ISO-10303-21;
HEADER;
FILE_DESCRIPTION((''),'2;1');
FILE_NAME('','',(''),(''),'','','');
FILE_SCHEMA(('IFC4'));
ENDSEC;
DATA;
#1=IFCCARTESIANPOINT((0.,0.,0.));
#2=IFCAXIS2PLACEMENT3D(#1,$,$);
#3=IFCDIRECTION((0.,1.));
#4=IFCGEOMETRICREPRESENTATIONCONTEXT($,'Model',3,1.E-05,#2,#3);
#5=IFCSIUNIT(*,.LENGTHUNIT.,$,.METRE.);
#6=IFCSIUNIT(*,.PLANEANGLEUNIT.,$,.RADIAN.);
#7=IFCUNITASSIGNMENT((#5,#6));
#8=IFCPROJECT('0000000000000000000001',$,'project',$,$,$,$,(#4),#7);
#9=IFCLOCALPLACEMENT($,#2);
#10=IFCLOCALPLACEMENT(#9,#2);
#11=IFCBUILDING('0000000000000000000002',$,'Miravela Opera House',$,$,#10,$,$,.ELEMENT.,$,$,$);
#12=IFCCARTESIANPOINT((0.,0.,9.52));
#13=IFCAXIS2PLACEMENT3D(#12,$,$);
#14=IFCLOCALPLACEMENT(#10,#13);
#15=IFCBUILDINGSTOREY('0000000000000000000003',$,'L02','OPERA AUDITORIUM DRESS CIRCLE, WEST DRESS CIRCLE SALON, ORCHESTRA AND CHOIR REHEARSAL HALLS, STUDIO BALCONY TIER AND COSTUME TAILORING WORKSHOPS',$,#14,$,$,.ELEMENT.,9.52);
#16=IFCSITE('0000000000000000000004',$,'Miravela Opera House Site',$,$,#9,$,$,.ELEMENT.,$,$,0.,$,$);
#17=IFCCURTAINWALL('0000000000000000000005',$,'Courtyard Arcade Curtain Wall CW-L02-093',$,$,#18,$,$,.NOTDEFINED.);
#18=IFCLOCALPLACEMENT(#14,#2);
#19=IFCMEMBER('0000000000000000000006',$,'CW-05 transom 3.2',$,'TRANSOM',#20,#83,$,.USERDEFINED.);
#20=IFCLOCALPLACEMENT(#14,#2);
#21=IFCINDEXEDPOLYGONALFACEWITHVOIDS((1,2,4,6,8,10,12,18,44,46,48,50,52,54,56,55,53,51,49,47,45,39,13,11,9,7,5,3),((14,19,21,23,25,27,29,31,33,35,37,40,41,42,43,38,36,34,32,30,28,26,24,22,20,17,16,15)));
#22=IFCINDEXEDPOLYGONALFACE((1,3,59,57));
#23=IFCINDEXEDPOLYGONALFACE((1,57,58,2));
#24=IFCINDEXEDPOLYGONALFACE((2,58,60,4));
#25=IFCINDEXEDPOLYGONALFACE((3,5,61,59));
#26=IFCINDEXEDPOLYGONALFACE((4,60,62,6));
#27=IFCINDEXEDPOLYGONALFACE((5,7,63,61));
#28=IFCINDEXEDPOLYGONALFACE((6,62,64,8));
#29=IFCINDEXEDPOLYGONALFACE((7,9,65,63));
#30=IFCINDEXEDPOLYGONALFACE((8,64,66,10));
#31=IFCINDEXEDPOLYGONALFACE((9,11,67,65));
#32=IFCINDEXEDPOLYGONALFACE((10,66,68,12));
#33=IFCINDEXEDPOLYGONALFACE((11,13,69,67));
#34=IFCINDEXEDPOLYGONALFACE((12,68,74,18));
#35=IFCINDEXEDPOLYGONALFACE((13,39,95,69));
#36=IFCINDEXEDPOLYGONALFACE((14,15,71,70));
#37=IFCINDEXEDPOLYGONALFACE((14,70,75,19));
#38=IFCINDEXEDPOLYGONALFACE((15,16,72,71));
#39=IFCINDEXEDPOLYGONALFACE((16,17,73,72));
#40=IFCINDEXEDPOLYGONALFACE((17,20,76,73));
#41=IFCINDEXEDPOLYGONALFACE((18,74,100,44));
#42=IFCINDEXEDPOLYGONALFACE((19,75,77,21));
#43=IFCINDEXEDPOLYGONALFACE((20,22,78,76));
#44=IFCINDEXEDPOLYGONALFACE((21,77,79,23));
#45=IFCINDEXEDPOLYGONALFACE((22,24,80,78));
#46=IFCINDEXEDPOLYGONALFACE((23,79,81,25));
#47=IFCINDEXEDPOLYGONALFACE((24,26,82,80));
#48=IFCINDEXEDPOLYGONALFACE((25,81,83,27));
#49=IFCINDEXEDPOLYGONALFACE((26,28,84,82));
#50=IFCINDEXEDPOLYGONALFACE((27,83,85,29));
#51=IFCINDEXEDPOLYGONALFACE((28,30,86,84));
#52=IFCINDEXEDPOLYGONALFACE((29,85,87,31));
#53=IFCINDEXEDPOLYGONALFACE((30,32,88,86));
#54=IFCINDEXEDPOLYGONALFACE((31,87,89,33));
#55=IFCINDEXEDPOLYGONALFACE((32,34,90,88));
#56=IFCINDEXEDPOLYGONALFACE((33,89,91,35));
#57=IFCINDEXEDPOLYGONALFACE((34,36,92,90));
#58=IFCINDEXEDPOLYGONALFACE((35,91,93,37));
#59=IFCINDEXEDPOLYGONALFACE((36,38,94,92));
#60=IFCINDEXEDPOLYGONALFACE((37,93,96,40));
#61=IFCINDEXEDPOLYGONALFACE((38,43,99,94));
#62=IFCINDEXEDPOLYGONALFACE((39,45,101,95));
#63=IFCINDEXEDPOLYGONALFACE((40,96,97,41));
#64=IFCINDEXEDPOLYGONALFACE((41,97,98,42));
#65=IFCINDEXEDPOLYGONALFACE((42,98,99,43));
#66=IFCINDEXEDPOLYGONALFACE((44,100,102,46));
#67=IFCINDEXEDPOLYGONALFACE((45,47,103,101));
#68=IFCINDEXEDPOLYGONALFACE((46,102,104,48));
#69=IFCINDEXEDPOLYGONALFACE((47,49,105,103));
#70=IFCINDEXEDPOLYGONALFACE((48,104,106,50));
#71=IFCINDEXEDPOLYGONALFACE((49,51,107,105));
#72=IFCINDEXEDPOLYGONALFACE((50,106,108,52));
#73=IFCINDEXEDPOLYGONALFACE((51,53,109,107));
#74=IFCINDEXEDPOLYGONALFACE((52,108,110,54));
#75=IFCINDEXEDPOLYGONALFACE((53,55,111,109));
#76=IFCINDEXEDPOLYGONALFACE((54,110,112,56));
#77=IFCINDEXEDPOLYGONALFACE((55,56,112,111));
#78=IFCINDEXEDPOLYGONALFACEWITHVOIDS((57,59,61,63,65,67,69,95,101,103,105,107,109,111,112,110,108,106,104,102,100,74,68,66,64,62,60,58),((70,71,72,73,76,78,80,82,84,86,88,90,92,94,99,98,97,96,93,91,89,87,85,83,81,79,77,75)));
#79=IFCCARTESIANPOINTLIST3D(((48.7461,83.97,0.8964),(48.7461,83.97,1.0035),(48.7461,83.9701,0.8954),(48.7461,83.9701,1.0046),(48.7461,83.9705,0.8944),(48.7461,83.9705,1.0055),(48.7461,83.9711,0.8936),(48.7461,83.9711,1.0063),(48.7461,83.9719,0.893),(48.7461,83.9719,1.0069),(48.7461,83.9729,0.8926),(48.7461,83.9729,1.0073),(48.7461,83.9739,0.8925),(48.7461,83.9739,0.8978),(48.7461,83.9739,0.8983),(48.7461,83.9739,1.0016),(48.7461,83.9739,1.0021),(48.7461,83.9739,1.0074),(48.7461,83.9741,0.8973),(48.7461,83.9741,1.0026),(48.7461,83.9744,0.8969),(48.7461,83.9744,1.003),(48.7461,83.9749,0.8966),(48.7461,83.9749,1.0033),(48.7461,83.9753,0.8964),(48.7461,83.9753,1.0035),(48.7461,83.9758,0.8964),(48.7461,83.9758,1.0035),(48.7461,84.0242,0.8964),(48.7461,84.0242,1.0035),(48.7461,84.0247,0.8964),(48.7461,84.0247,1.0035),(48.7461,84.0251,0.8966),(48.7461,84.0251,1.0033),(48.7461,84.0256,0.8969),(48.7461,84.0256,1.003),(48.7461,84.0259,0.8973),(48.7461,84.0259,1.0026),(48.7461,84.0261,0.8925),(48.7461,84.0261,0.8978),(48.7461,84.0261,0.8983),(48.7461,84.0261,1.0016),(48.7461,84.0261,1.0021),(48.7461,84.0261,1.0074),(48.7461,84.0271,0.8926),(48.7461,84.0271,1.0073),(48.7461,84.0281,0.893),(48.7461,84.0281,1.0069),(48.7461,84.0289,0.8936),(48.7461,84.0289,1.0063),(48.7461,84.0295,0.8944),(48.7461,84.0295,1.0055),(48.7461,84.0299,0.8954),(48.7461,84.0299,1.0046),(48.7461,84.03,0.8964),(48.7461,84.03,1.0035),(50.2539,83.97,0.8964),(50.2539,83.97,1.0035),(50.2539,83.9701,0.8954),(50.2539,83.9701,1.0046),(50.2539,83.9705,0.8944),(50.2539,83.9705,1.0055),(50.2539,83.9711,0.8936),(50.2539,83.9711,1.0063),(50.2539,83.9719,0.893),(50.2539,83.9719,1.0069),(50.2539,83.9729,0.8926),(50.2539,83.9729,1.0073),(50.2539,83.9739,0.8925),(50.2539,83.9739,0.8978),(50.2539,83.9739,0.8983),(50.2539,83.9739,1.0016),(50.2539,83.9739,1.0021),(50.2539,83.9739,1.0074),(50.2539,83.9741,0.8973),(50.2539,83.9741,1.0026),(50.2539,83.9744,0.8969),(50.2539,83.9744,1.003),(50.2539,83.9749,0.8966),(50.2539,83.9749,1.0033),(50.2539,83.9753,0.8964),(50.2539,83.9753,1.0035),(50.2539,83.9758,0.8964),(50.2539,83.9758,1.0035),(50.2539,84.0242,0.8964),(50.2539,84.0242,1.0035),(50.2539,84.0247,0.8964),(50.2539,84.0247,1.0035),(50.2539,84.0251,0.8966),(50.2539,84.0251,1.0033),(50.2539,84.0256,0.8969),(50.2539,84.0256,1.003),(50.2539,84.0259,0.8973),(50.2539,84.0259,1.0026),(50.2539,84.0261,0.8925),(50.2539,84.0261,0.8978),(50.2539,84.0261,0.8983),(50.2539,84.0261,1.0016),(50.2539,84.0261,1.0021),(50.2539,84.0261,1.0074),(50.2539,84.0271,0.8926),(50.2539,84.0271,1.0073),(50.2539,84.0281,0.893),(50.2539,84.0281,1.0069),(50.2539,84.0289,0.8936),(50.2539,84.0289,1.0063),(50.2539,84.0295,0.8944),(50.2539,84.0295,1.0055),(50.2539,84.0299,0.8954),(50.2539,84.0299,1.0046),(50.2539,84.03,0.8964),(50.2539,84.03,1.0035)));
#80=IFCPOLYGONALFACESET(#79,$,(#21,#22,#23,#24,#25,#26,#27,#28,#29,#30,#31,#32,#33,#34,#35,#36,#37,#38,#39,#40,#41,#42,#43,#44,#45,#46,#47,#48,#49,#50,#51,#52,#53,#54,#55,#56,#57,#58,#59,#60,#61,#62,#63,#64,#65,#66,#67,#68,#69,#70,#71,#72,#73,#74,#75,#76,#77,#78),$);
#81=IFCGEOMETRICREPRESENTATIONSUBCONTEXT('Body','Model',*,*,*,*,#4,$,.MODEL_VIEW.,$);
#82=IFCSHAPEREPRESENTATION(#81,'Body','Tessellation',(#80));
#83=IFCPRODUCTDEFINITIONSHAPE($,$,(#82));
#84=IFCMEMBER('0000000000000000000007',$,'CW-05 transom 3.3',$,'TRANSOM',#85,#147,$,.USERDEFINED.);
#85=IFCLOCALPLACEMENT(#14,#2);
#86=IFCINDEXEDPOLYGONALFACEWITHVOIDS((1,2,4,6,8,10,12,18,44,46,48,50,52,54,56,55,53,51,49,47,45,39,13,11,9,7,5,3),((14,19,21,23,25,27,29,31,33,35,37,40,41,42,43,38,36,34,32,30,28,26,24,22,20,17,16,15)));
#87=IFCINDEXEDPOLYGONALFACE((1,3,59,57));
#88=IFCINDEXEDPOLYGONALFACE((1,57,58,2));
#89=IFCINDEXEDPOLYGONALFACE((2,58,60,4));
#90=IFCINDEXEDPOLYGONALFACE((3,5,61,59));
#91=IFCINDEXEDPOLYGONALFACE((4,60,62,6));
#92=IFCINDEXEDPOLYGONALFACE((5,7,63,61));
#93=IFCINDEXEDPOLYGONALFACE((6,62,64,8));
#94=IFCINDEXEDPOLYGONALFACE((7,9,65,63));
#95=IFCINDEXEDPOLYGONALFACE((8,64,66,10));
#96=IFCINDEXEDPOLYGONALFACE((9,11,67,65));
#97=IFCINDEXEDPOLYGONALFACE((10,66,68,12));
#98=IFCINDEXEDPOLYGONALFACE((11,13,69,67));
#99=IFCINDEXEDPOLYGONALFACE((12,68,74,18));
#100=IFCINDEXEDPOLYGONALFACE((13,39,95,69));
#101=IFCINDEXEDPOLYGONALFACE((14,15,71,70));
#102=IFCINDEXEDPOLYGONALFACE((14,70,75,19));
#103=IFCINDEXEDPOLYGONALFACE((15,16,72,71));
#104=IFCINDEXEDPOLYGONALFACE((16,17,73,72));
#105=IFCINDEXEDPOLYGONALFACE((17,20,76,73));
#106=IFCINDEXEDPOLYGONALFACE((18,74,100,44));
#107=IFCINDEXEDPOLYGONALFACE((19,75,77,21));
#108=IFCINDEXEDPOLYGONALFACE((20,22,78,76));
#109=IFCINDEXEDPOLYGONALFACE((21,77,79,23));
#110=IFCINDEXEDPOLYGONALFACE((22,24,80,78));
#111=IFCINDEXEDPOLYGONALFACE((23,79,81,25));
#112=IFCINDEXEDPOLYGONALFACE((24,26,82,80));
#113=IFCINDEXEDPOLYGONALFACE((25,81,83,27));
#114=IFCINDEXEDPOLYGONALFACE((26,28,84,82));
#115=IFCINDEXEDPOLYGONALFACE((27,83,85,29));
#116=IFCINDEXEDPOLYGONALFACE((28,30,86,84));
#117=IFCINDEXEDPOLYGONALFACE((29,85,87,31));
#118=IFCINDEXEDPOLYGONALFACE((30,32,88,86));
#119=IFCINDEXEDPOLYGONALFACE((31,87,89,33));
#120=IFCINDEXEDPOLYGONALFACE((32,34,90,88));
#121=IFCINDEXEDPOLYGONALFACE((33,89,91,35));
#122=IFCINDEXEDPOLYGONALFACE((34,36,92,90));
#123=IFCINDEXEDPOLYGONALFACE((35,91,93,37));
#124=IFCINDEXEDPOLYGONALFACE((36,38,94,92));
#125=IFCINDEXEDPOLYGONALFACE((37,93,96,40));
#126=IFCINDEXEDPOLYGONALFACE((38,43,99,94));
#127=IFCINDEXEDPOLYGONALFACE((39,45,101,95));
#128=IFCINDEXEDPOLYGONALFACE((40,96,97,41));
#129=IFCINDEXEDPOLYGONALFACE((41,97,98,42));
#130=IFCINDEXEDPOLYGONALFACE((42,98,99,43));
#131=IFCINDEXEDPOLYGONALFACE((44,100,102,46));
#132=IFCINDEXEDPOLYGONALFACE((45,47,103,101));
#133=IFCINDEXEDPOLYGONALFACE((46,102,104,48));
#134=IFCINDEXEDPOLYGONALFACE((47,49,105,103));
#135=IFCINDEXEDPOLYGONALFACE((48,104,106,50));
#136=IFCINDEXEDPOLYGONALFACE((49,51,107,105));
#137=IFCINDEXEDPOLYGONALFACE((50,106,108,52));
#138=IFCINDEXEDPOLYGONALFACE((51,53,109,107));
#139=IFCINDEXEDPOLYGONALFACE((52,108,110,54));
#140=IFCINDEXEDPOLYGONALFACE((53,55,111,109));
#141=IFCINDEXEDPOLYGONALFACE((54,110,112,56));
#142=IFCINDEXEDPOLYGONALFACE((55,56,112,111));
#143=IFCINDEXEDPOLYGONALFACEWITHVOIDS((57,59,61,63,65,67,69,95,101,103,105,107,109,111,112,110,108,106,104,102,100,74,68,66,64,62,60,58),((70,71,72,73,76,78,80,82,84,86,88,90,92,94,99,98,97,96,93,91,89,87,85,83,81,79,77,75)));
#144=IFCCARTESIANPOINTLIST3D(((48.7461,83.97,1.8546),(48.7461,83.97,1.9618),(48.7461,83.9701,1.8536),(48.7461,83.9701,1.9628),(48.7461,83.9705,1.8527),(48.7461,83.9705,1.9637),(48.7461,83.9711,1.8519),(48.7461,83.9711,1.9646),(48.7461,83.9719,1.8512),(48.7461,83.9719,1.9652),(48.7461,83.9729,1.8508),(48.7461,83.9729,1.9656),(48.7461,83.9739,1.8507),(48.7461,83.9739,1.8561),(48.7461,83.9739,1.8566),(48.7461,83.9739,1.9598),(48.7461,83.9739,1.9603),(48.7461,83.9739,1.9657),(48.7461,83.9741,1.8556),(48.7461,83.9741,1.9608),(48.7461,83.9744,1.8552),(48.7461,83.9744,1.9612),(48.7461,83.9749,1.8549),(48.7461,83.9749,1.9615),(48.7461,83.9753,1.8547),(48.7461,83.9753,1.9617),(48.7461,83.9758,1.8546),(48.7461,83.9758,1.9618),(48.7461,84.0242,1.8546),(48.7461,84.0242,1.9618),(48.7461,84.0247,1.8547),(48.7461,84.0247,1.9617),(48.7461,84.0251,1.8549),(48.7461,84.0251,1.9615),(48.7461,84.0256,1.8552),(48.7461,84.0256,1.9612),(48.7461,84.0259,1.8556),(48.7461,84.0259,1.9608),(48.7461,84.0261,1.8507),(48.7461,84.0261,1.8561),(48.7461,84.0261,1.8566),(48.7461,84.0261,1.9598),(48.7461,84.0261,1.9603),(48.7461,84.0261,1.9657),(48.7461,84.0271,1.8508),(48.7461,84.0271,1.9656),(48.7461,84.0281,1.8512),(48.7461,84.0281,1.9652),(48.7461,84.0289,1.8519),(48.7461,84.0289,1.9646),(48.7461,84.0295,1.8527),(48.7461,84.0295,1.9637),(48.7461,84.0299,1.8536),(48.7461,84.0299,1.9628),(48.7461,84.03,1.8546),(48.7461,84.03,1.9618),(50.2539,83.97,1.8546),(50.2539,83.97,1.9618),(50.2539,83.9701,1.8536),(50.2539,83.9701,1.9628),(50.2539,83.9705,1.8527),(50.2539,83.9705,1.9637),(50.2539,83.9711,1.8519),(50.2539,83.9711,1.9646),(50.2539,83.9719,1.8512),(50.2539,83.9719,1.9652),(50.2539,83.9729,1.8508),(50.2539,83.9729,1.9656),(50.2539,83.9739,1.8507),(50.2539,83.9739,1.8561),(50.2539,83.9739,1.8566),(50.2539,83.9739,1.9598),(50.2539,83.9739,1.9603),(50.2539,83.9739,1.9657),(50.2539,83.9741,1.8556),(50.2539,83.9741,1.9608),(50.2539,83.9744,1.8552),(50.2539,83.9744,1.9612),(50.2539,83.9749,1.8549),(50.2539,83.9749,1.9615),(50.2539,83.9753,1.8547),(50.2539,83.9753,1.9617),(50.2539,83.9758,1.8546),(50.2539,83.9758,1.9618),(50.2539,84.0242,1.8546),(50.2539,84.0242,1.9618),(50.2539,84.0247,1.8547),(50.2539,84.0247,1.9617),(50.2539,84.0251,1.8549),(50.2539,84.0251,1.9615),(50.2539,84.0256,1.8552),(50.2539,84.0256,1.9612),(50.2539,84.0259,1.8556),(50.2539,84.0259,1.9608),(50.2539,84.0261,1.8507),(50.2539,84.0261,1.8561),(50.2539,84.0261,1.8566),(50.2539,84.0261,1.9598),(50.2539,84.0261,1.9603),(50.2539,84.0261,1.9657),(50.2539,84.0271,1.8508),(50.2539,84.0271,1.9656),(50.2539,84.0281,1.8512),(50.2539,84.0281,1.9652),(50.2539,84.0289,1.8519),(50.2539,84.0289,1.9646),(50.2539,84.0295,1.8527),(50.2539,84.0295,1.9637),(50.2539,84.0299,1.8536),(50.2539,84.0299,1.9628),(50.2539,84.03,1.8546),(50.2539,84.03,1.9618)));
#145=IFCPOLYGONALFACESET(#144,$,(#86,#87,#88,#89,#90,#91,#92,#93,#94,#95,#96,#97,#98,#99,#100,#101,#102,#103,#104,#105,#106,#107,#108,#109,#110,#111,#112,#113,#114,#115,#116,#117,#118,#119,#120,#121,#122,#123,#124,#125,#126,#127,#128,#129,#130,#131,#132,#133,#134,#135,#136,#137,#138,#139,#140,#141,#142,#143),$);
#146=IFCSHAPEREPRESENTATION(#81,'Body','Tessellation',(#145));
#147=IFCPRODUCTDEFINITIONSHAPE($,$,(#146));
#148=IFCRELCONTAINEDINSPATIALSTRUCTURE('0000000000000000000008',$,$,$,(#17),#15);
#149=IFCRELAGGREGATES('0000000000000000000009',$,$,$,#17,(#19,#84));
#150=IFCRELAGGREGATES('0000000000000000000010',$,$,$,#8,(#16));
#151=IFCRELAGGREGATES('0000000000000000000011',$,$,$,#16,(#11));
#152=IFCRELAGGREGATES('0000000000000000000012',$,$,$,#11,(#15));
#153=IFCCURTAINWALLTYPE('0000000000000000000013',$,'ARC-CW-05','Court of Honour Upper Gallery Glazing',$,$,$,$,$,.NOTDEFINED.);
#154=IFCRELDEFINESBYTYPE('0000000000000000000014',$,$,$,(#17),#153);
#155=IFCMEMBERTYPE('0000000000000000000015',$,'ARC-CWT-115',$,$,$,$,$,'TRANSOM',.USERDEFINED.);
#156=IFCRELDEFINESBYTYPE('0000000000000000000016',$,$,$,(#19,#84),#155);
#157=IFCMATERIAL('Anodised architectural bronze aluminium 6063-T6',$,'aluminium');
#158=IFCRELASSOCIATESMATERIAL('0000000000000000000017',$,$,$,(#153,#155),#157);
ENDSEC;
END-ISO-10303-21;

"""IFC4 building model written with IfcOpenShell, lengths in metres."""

from ifc_helpers import new_model, si_unit, direction, frame, origin, origin_2d, place, context, subcontext, project, spatial, hollow_rectangle, extrude, material, material_profile, profile_set, type_object, element, aggregate, save


model = new_model("IFC4")

# Units and contexts
model_context = context("Model", 3, precision=1e-05, world=origin(), true_north=direction((0.0, 1.0)))
body_context = subcontext(model_context, "Body", "Model", "MODEL_VIEW")
ifc_project = project(units=[si_unit("LENGTHUNIT", "METRE"), si_unit("PLANEANGLEUNIT", "RADIAN")], contexts=[model_context])

# Site, building, storey
site_placement = place(None, origin())
site = spatial("IfcSite", under=ifc_project, at=site_placement, Name="Miravela Opera House Site", CompositionType="ELEMENT", RefElevation=0.0)
building_placement = place(site_placement, origin())
building = spatial("IfcBuilding", under=site, at=building_placement, Name="Miravela Opera House", CompositionType="ELEMENT")
storey_placement = place(building_placement, frame((0.0, 0.0, 9.52)))
storey = spatial("IfcBuildingStorey", under=building, at=storey_placement, Name="L02", Description="OPERA AUDITORIUM DRESS CIRCLE, WEST DRESS CIRCLE SALON, ORCHESTRA AND CHOIR REHEARSAL HALLS, STUDIO BALCONY TIER AND COSTUME TAILORING WORKSHOPS", CompositionType="ELEMENT", Elevation=9.52)

# Curtain wall, members
ifc_material_1 = material(Name="Anodised architectural bronze aluminium 6063-T6", Category="aluminium")
curtain_wall_type = type_object("IfcCurtainWallType", Name="ARC-CW-05", Description="Court of Honour Upper Gallery Glazing", PredefinedType="NOTDEFINED", material=ifc_material_1)
curtain_wall_placement = place(storey_placement, origin())
curtain_wall = element("IfcCurtainWall", 1, at=curtain_wall_placement, inside=storey, type_object=curtain_wall_type, Name="Courtyard Arcade Curtain Wall CW-L02-093", PredefinedType="NOTDEFINED")
ifc_material_profile_1 = material_profile(ifc_material_1, hollow_rectangle(XDim=0.0601, YDim=0.115, WallThickness=0.0039, InnerFilletRadius=0.002, OuterFilletRadius=0.0039, at=origin_2d()), Name="CWT-60X115")
ifc_profile_set_1 = profile_set([ifc_material_profile_1])
member_type_1 = type_object("IfcMemberType", Name="ARC-CWT-115", ElementType="TRANSOM", PredefinedType="USERDEFINED", material=ifc_profile_set_1)
member_1_placement = place(storey_placement, frame((48.7461, 84.0, 0.95), z_axis=(1.0, 0.0, 0.0), x_axis=(0.0, 1.0, 0.0)))
member_1 = element("IfcMember", 2, at=member_1_placement, type_object=member_type_1, Name="CW-05 transom 3.2", ObjectType="TRANSOM", PredefinedType="USERDEFINED", context=body_context, shape_type="SweptSolid", body=[
    extrude(hollow_rectangle(XDim=0.0601, YDim=0.115, WallThickness=0.0039, InnerFilletRadius=0.002, OuterFilletRadius=0.0039, at=origin_2d()), origin(), (0.0, 0.0, 1.0), 1.5078),
])
member_2_placement = place(storey_placement, frame((48.7461, 84.0, 1.9082), z_axis=(1.0, 0.0, 0.0), x_axis=(0.0, 1.0, 0.0)))
member_2 = element("IfcMember", 3, at=member_2_placement, type_object=member_type_1, Name="CW-05 transom 3.3", ObjectType="TRANSOM", PredefinedType="USERDEFINED", context=body_context, shape_type="SweptSolid", body=[
    extrude(hollow_rectangle(XDim=0.0601, YDim=0.115, WallThickness=0.0039, InnerFilletRadius=0.002, OuterFilletRadius=0.0039, at=origin_2d()), origin(), (0.0, 0.0, 1.0), 1.5078),
])
aggregate(curtain_wall, [member_1, member_2])

save(model, "model.ifc")
